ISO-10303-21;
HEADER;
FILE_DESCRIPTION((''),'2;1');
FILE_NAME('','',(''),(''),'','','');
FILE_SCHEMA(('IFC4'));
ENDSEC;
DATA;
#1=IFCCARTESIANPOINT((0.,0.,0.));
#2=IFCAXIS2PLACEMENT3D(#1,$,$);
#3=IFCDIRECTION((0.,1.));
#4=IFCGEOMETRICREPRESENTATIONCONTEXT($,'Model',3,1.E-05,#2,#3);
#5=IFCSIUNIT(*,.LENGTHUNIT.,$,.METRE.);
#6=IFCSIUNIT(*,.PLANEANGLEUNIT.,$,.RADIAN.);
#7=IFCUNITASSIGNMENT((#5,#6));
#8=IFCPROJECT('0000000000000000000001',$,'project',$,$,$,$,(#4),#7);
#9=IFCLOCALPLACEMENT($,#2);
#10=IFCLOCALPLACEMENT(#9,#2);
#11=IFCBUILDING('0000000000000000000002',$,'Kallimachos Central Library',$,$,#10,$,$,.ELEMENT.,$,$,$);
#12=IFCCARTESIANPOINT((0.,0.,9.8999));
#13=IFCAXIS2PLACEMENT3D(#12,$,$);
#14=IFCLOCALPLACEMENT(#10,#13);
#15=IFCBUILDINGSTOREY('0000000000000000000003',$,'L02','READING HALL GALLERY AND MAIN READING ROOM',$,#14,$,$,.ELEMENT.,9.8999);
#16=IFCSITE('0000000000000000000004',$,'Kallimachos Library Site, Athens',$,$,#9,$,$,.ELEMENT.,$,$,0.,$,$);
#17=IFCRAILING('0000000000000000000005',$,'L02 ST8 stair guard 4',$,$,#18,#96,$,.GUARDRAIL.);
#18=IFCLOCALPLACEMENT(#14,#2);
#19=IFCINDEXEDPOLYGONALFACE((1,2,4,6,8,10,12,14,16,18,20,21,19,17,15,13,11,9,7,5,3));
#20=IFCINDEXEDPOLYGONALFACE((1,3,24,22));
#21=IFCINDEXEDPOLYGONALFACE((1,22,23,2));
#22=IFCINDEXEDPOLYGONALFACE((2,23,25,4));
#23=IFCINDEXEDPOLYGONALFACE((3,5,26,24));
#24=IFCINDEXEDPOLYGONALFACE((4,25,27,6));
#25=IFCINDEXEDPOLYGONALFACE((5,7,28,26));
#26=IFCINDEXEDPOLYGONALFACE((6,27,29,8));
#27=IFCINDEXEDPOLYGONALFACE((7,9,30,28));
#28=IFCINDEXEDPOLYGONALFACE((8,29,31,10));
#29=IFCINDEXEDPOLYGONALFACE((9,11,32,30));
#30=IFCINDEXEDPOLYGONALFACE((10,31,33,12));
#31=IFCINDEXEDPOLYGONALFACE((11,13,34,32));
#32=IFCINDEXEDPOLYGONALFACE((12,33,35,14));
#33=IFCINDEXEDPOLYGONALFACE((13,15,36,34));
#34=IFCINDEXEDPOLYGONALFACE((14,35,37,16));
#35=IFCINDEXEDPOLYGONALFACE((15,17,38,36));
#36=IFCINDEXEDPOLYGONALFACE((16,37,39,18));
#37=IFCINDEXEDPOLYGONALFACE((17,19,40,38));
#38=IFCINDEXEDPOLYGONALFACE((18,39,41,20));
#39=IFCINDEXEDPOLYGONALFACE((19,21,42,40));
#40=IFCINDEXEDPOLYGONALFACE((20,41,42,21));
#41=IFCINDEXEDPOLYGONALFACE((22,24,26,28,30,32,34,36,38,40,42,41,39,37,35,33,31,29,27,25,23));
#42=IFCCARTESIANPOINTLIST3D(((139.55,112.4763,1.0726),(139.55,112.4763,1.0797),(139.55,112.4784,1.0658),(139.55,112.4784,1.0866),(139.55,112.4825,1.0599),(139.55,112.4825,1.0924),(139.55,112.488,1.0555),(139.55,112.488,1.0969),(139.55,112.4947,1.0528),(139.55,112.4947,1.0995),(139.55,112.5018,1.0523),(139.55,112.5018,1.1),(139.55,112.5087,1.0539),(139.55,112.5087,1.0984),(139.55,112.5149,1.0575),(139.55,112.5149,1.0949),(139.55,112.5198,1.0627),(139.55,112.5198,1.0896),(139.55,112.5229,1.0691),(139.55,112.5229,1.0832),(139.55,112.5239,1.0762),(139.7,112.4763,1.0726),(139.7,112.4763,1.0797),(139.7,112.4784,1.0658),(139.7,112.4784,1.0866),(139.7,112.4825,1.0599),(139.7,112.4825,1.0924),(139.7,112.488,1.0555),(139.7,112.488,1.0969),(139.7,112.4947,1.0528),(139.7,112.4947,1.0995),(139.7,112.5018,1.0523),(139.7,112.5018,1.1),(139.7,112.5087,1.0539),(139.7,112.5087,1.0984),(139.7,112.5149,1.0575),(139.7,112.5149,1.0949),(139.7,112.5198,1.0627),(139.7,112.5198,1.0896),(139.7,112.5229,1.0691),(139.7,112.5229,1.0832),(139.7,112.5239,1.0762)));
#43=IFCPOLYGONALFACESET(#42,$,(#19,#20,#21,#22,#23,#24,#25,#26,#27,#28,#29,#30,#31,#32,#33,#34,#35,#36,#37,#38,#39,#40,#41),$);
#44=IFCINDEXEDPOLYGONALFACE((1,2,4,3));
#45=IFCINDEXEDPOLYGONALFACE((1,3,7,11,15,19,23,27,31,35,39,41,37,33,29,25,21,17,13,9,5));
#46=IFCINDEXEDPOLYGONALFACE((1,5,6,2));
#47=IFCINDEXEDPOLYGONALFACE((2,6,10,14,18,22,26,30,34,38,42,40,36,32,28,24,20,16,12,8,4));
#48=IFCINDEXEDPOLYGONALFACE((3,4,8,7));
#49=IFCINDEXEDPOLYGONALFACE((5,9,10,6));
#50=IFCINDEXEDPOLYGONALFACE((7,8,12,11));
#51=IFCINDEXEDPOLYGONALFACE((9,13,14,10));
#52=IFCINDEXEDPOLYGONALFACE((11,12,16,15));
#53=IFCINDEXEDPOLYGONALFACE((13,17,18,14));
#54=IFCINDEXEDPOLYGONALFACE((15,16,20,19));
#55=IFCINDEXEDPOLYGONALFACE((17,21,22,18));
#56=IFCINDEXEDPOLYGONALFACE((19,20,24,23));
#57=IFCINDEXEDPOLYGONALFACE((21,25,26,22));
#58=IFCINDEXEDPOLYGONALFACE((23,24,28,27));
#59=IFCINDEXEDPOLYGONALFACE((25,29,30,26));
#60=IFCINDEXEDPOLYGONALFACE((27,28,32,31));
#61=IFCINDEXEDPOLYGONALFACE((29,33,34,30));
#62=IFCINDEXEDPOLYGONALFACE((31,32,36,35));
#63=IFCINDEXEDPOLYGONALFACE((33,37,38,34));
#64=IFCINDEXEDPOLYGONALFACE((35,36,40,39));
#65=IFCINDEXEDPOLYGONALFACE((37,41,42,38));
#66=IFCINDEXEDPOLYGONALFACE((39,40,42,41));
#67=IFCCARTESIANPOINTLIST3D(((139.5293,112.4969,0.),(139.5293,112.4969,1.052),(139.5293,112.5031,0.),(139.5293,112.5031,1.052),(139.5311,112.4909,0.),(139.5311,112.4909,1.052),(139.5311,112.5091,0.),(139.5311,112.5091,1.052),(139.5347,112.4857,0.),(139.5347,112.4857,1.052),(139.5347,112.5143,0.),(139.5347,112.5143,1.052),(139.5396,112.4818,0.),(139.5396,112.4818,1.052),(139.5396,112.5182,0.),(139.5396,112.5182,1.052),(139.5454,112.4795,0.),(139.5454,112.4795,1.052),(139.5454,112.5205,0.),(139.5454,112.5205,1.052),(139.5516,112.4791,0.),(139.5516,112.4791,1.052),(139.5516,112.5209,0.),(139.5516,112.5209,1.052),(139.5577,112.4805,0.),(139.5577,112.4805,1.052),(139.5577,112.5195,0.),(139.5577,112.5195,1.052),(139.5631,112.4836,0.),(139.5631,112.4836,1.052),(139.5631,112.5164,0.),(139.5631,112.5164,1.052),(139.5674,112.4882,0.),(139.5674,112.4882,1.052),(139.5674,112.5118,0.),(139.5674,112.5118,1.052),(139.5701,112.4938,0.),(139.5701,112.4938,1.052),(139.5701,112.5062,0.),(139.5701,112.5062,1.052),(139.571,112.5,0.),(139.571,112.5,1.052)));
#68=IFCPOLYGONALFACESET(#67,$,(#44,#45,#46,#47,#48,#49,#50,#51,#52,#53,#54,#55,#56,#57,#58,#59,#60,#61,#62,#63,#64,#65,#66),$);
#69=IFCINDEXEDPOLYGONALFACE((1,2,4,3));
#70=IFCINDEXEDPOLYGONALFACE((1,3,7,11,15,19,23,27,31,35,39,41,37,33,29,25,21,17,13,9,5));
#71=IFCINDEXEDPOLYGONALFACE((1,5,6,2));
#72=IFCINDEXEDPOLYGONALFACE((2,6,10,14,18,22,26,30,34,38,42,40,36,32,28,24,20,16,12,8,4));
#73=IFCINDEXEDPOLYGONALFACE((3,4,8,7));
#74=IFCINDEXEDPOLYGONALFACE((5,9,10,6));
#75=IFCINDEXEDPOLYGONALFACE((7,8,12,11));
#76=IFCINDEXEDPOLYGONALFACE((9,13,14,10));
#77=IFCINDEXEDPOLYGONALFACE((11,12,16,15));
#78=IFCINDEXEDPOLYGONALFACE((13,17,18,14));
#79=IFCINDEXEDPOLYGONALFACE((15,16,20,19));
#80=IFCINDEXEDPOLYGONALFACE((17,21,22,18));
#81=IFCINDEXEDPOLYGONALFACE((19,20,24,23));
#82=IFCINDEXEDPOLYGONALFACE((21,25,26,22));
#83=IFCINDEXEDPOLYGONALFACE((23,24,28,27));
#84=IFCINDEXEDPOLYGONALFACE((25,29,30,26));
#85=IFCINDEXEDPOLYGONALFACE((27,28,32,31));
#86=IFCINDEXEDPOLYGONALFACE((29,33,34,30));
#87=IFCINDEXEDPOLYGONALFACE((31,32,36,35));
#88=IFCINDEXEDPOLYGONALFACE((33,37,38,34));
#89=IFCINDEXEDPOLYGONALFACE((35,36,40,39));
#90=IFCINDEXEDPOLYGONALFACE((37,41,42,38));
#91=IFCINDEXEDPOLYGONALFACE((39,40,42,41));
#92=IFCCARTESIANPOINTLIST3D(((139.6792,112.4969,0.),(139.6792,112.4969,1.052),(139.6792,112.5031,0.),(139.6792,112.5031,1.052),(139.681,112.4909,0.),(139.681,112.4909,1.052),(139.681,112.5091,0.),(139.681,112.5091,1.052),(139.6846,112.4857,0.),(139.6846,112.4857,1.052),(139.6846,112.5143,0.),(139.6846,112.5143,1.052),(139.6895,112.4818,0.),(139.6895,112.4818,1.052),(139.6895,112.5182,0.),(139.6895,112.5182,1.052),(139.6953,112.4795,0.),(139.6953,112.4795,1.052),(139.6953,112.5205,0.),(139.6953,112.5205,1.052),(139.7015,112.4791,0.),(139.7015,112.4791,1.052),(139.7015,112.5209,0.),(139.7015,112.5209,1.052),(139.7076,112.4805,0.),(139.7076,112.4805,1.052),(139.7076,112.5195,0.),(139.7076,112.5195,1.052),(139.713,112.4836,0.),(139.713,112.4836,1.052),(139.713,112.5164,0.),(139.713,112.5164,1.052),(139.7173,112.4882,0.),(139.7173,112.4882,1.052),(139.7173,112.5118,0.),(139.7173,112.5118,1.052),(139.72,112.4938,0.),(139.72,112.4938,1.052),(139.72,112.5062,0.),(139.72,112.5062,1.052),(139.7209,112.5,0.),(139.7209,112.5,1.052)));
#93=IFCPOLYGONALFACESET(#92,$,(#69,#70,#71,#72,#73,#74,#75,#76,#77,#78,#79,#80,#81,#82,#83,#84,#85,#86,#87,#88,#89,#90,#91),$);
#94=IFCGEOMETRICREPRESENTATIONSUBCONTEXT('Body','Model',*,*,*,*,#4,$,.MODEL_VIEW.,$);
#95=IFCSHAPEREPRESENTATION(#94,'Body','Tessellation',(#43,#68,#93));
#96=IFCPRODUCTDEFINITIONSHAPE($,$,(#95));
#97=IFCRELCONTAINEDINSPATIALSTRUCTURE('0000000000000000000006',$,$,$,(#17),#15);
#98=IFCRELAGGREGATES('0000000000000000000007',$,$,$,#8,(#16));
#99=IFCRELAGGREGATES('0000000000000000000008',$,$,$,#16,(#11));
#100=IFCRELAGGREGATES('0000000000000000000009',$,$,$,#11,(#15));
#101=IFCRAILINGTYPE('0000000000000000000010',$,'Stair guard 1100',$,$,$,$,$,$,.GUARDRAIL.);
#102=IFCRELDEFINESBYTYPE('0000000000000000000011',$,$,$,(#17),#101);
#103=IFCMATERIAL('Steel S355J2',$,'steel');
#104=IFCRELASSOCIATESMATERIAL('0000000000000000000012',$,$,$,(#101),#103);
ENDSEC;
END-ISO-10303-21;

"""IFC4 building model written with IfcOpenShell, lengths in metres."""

from ifc_helpers import new_model, si_unit, direction, frame, origin, origin_2d, place, context, subcontext, project, spatial, circle, extrude, material, type_object, element, save


model = new_model("IFC4")

# Units and contexts
model_context = context("Model", 3, precision=1e-05, world=origin(), true_north=direction((0.0, 1.0)))
body_context = subcontext(model_context, "Body", "Model", "MODEL_VIEW")
ifc_project = project(units=[si_unit("LENGTHUNIT", "METRE"), si_unit("PLANEANGLEUNIT", "RADIAN")], contexts=[model_context])

# Site, building, storey
site_placement = place(None, origin())
site = spatial("IfcSite", under=ifc_project, at=site_placement, Name="Kallimachos Library Site, Athens", CompositionType="ELEMENT", RefElevation=0.0)
building_placement = place(site_placement, origin())
building = spatial("IfcBuilding", under=site, at=building_placement, Name="Kallimachos Central Library", CompositionType="ELEMENT")
storey_placement = place(building_placement, frame((0.0, 0.0, 9.8999)))
storey = spatial("IfcBuildingStorey", under=building, at=storey_placement, Name="L02", Description="READING HALL GALLERY AND MAIN READING ROOM", CompositionType="ELEMENT", Elevation=9.8999)

# Railing
ifc_material_1 = material(Name="Steel S355J2", Category="steel")
railing_type_1 = type_object("IfcRailingType", Name="Stair guard 1100", PredefinedType="GUARDRAIL", material=ifc_material_1)
railing_1_placement = place(storey_placement, frame((139.55, 112.5, 0.0)))
element("IfcRailing", 1, at=railing_1_placement, inside=storey, type_object=railing_type_1, Name="L02 ST8 stair guard 4", PredefinedType="GUARDRAIL", context=body_context, shape_type="SweptSolid", body=[
    extrude(circle(Radius=0.0239, at=origin_2d()), frame((0.0, 0.0, 1.0762), z_axis=(1.0, 0.0, 0.0), x_axis=(0.0, 1.0, 0.0)), (0.0, 0.0, 1.0), 0.1499),
    extrude(circle(Radius=0.021, at=origin_2d()), origin(), (0.0, 0.0, 1.0), 1.052),
    extrude(circle(Radius=0.021, at=origin_2d()), frame((0.1499, 0.0, 0.0)), (0.0, 0.0, 1.0), 1.052),
])

save(model, "model.ifc")
